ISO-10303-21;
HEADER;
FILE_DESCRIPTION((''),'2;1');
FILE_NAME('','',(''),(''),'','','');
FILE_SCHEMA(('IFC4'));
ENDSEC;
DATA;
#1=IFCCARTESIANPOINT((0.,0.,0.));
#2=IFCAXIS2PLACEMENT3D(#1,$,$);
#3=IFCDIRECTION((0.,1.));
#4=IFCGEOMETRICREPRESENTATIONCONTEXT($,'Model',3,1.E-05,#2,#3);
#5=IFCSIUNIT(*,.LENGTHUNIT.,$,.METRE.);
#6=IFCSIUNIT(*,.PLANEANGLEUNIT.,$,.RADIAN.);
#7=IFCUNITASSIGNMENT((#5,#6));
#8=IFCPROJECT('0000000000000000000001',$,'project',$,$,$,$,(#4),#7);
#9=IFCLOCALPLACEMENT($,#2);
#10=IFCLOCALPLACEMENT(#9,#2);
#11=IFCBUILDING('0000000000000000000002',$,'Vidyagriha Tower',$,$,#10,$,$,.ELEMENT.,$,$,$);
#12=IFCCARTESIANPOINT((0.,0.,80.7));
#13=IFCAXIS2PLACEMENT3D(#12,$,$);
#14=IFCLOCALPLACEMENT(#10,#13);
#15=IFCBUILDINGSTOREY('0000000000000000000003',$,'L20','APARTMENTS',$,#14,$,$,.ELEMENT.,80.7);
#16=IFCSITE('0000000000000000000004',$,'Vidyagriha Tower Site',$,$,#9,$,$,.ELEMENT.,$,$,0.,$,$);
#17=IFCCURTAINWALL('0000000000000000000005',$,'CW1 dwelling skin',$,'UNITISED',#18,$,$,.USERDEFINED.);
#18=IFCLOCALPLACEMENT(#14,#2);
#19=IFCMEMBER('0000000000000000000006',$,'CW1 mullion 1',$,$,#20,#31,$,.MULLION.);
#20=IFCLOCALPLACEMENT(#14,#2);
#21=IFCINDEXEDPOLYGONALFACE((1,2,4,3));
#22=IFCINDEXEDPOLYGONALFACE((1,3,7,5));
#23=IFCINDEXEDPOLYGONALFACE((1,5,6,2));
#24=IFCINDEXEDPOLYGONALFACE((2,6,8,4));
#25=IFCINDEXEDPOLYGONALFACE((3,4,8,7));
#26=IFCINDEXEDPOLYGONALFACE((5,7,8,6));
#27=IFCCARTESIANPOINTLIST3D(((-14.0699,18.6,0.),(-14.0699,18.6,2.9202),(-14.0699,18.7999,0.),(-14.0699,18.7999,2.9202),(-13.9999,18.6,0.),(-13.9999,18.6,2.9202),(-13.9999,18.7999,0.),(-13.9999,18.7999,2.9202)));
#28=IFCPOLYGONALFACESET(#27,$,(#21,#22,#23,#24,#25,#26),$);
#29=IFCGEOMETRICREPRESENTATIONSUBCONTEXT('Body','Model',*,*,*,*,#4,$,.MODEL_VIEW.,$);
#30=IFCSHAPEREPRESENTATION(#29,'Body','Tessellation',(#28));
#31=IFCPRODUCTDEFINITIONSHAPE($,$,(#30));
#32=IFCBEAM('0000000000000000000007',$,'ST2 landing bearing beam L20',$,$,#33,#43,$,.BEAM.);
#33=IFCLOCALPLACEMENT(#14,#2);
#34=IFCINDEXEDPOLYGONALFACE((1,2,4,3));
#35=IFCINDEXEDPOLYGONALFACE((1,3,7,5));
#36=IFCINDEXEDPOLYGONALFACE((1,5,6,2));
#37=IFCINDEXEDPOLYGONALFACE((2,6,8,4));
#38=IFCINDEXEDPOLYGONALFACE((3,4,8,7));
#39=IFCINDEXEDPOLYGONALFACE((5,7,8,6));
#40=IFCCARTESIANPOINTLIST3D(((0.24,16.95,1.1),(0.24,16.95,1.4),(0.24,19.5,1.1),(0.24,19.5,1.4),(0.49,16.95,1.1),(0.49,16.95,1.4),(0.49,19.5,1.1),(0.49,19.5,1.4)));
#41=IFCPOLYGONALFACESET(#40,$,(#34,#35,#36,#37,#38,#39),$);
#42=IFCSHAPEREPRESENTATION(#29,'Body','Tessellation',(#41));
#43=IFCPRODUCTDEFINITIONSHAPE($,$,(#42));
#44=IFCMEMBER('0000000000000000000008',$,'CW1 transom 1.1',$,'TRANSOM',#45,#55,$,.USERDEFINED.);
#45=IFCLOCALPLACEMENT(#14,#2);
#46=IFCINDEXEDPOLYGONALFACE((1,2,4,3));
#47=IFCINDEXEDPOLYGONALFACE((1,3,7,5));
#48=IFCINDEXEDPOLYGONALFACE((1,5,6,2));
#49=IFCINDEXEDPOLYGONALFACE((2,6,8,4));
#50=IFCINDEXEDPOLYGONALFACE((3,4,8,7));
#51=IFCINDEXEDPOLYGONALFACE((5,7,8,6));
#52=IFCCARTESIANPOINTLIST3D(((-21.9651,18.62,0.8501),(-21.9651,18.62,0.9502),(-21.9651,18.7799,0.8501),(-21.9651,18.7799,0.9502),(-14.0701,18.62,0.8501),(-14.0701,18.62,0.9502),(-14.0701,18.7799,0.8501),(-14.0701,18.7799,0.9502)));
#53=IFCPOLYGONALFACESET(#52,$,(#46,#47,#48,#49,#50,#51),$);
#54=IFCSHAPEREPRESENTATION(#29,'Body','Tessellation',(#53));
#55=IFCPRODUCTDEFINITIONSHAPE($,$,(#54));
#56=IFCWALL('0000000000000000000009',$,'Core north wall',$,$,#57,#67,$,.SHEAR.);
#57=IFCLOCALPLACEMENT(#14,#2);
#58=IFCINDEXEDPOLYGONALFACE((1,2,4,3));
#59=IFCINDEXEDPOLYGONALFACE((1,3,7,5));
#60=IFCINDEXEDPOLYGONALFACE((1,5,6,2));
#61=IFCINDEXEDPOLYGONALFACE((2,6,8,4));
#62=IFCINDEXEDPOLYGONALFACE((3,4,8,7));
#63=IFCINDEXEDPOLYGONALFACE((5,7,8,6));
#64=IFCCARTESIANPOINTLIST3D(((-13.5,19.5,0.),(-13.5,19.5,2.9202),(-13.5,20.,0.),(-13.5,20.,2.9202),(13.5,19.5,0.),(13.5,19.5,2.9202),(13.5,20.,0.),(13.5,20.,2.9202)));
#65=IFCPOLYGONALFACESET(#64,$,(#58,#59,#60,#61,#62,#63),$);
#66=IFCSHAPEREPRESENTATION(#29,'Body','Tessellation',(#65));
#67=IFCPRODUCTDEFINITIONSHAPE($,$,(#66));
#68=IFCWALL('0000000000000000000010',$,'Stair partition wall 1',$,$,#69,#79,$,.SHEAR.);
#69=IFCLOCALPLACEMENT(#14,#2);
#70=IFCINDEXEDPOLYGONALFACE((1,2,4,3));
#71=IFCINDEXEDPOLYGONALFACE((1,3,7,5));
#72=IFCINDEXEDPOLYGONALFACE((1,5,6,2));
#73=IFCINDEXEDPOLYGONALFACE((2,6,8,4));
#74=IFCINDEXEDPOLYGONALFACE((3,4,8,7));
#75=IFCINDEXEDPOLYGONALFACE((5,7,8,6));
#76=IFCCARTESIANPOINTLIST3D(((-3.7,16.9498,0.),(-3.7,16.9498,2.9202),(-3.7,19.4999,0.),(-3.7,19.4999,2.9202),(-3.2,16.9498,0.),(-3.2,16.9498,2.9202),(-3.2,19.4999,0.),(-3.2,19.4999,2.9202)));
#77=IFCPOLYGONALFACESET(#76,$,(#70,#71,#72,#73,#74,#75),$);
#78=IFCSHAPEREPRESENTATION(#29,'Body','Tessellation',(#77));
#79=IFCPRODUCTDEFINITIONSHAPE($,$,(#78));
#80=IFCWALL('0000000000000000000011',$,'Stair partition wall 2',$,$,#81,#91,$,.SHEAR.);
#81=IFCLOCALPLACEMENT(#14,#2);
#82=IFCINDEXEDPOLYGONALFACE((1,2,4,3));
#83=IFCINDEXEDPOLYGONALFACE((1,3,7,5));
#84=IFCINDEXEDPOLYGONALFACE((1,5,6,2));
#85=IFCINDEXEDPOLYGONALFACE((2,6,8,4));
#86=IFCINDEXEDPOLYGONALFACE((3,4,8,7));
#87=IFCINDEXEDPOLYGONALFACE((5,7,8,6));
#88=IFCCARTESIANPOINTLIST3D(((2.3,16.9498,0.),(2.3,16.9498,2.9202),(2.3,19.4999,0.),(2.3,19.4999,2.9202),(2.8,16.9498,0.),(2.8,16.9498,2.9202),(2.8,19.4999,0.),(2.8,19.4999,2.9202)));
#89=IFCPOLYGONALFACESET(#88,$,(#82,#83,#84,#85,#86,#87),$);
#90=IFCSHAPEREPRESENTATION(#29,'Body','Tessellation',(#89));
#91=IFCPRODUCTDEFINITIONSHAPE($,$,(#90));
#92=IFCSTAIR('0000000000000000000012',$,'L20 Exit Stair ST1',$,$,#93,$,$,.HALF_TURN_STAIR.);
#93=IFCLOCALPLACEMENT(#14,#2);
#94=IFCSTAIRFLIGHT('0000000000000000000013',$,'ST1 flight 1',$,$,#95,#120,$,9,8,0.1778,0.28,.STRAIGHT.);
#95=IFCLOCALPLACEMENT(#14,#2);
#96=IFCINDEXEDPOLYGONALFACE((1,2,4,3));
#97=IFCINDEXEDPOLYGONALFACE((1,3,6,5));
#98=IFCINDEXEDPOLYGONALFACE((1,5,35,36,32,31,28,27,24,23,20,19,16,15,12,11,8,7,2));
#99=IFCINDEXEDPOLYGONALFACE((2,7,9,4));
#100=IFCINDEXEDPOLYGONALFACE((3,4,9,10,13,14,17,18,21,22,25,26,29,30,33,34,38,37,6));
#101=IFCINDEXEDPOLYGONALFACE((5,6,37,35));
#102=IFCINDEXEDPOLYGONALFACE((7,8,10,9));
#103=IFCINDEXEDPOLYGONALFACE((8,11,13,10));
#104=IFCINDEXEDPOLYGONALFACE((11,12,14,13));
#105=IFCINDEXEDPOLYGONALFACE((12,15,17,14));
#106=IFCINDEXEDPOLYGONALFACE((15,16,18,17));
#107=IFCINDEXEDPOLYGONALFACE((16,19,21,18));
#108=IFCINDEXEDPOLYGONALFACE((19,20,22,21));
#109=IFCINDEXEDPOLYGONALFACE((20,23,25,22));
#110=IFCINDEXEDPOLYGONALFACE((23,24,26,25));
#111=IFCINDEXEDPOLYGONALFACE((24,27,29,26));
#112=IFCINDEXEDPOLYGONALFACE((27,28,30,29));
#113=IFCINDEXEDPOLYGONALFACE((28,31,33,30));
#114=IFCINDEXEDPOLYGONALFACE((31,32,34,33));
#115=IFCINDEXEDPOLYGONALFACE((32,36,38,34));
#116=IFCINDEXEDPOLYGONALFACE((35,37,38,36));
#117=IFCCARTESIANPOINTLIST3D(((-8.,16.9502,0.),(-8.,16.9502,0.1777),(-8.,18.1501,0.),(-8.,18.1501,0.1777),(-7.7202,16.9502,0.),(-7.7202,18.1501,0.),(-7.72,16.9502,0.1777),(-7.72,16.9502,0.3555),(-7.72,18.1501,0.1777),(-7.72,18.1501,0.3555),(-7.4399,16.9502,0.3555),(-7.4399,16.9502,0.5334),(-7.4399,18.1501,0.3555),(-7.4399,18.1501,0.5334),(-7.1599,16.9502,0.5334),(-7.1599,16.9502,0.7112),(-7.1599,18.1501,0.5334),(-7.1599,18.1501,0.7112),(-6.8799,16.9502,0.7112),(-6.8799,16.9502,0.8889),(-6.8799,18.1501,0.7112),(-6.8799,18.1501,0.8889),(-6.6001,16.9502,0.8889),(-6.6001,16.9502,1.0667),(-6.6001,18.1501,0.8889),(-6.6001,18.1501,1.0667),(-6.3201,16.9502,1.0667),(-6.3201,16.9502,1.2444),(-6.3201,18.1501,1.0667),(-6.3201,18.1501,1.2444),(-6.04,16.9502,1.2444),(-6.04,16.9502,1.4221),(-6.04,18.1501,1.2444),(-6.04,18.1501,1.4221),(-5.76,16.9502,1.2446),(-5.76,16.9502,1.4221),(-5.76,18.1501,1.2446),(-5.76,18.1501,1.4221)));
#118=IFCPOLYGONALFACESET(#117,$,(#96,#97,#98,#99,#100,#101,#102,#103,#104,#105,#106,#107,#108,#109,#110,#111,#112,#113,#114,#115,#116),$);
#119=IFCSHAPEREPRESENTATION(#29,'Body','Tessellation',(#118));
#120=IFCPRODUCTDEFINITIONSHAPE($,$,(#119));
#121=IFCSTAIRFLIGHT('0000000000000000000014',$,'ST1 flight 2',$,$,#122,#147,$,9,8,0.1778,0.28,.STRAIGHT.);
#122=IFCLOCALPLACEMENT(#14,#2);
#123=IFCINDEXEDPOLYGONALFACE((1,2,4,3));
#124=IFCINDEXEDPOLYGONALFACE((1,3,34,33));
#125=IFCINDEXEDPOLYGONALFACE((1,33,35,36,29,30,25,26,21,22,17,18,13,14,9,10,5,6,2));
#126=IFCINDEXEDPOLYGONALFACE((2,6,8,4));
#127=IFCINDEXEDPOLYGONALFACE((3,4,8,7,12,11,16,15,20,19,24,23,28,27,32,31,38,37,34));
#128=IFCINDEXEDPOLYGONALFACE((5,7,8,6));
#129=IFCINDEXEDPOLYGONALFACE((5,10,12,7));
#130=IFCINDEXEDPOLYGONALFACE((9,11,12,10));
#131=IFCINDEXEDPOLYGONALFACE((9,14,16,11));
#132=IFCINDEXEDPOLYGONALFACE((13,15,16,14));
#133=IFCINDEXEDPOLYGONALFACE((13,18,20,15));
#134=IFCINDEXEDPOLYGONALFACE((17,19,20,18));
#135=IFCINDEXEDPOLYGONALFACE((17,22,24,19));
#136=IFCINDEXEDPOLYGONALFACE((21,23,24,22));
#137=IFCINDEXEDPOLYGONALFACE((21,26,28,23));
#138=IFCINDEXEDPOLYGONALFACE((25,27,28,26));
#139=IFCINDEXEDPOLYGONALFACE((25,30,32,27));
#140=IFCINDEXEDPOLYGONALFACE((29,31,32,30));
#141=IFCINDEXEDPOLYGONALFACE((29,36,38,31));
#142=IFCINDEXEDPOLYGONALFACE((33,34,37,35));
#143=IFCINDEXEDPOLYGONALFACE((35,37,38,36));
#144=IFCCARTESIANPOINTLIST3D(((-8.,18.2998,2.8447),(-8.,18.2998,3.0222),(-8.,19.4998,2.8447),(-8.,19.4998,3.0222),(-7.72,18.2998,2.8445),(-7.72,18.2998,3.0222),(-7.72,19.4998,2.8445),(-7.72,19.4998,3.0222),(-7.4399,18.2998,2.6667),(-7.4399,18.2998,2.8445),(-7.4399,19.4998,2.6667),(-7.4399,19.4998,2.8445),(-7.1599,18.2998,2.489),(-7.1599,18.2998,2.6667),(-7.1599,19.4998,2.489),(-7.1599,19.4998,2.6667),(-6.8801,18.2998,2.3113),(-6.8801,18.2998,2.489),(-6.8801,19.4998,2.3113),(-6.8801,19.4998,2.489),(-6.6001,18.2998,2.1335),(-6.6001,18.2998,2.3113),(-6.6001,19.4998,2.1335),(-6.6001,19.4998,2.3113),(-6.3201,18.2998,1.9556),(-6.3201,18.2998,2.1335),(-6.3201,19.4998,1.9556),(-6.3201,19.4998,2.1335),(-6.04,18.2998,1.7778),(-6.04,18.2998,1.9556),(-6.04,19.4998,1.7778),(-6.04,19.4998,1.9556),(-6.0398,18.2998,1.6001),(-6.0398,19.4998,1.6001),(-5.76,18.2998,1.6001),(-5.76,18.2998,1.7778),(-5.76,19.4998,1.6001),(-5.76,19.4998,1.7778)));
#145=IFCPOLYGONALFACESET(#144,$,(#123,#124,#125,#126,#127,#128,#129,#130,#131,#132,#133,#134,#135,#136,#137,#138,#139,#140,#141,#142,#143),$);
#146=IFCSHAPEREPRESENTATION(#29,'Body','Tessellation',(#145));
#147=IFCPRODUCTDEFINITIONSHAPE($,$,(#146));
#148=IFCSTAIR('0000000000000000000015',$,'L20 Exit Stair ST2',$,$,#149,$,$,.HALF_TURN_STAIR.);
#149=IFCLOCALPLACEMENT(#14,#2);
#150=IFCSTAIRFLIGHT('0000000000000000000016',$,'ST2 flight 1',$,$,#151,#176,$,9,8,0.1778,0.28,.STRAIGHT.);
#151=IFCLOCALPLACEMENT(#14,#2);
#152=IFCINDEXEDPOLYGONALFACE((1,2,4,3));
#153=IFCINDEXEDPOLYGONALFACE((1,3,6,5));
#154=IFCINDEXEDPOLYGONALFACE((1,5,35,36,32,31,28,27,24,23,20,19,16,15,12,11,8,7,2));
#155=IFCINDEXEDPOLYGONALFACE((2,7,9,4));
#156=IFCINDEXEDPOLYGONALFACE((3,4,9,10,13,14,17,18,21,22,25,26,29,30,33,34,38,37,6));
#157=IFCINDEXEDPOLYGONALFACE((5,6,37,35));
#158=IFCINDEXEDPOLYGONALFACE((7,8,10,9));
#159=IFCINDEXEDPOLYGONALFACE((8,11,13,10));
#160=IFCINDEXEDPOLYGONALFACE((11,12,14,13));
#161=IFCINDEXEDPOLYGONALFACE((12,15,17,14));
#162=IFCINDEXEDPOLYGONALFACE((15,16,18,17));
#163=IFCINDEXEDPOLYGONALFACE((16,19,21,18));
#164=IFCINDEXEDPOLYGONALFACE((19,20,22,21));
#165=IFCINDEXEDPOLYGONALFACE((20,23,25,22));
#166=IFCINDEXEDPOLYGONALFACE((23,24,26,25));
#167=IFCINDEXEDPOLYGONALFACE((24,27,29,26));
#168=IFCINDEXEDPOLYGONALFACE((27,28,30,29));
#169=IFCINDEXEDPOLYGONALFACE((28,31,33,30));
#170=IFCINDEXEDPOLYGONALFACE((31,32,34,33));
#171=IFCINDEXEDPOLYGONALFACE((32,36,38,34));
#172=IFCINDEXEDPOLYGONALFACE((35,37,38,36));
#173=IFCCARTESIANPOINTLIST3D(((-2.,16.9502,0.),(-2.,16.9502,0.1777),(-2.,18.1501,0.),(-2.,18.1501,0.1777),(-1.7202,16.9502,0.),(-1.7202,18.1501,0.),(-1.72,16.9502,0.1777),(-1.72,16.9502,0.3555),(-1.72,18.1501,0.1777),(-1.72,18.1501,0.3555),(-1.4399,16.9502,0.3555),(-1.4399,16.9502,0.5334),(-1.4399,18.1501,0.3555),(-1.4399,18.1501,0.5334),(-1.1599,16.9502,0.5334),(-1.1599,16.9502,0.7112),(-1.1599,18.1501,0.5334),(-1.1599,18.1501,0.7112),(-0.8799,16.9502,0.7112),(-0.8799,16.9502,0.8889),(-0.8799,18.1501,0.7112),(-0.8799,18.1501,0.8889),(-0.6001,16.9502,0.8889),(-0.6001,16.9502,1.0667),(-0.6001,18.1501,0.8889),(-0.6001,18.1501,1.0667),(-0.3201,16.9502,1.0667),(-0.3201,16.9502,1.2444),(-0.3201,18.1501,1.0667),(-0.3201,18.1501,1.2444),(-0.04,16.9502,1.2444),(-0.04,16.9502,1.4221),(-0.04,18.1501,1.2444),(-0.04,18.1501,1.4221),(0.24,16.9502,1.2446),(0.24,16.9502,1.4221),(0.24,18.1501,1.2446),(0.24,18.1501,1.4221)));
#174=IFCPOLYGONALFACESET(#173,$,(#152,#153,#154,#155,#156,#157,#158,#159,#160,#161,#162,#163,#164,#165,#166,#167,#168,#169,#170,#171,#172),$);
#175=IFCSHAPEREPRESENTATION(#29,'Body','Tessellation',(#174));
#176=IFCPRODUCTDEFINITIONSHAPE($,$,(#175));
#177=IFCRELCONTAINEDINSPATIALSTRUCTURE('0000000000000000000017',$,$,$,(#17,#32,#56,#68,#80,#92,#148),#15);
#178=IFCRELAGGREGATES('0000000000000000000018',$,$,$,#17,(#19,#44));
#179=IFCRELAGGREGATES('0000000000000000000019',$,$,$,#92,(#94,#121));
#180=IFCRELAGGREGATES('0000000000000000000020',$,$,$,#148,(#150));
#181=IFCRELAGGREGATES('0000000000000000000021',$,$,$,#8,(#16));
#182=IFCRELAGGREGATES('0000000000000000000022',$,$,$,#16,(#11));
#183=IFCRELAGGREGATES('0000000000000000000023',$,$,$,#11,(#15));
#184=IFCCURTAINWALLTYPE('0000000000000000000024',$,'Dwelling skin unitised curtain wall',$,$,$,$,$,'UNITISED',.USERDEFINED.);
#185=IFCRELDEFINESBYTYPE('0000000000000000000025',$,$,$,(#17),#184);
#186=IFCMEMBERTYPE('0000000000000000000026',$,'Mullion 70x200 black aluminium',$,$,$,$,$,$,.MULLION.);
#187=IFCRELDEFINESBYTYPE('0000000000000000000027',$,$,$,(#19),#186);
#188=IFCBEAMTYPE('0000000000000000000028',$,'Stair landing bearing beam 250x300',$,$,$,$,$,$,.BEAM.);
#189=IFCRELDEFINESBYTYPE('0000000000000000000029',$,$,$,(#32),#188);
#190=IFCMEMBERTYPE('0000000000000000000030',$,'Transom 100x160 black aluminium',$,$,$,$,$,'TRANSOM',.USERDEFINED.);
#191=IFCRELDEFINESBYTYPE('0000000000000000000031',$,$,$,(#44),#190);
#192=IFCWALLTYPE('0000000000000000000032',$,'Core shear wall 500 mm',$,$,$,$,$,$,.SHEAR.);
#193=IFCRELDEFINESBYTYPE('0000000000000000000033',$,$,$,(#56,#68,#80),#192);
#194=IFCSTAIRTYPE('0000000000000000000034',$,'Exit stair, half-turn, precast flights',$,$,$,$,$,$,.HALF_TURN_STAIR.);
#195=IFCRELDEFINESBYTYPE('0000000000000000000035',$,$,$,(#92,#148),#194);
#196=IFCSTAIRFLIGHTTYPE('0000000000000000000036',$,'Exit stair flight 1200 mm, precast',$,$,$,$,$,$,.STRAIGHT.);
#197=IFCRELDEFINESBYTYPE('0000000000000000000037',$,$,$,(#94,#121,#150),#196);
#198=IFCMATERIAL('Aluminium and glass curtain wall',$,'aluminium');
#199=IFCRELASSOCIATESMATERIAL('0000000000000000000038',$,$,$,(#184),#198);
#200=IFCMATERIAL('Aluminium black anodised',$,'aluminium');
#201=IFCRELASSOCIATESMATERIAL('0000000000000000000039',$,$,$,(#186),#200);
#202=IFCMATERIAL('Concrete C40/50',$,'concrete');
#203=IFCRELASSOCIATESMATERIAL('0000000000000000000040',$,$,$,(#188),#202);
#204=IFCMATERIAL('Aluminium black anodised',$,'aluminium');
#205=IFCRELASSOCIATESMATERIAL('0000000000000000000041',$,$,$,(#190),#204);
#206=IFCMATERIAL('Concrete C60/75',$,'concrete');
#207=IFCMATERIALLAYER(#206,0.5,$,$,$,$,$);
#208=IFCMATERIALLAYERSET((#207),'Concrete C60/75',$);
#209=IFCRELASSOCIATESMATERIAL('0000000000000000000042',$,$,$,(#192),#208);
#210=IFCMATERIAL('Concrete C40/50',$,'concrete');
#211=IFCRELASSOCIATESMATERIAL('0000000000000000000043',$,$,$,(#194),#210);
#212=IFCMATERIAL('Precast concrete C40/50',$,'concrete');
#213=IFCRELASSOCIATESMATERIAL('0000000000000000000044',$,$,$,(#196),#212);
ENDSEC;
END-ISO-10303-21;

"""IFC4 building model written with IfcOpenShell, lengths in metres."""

from ifc_helpers import new_model, si_unit, direction, frame, frame_2d, origin, origin_2d, place, context, subcontext, project, spatial, polyline, rectangle, outline, extrude, material, layer, layer_set, material_profile, profile_set, type_object, element, aggregate, save


model = new_model("IFC4")

# Units and contexts
model_context = context("Model", 3, precision=1e-05, world=origin(), true_north=direction((0.0, 1.0)))
body_context = subcontext(model_context, "Body", "Model", "MODEL_VIEW")
ifc_project = project(units=[si_unit("LENGTHUNIT", "METRE"), si_unit("PLANEANGLEUNIT", "RADIAN")], contexts=[model_context])

# Site, building, storey
site_placement = place(None, origin())
site = spatial("IfcSite", under=ifc_project, at=site_placement, Name="Vidyagriha Tower Site", CompositionType="ELEMENT", RefElevation=0.0)
building_placement = place(site_placement, origin())
building = spatial("IfcBuilding", under=site, at=building_placement, Name="Vidyagriha Tower", CompositionType="ELEMENT")
storey_placement = place(building_placement, frame((0.0, 0.0, 80.7)))
storey = spatial("IfcBuildingStorey", under=building, at=storey_placement, Name="L20", Description="APARTMENTS", CompositionType="ELEMENT", Elevation=80.7)

# Curtain wall, member
ifc_material_1 = material(Name="Aluminium and glass curtain wall", Category="aluminium")
curtain_wall_type = type_object("IfcCurtainWallType", Name="Dwelling skin unitised curtain wall", ElementType="UNITISED", PredefinedType="USERDEFINED", material=ifc_material_1)
curtain_wall_placement = place(storey_placement, origin())
curtain_wall = element("IfcCurtainWall", 1, at=curtain_wall_placement, inside=storey, type_object=curtain_wall_type, Name="CW1 dwelling skin", ObjectType="UNITISED", PredefinedType="USERDEFINED")
ifc_material_2 = material(Name="Aluminium black anodised", Category="aluminium")
ifc_material_profile_1 = material_profile(ifc_material_2, rectangle(XDim=0.2, YDim=0.0701, at=origin_2d()), Name="Mullion 70x200 black aluminium")
ifc_profile_set_1 = profile_set([ifc_material_profile_1], Name="Aluminium black anodised")
member_type_1 = type_object("IfcMemberType", Name="Mullion 70x200 black aluminium", PredefinedType="MULLION", material=ifc_profile_set_1)
member_1_placement = place(storey_placement, frame((-14.0349, 18.7, 0.0), z_axis=(0.0, 0.0, 1.0), x_axis=(0.0, -1.0, 0.0)))
member_1 = element("IfcMember", 2, at=member_1_placement, type_object=member_type_1, Name="CW1 mullion 1", PredefinedType="MULLION", context=body_context, shape_type="SweptSolid", body=[
    extrude(rectangle(XDim=0.2, YDim=0.0701, at=origin_2d()), origin(), (0.0, 0.0, 1.0), 2.9202),
])

# Beam
ifc_material_3 = material(Name="Concrete C40/50", Category="concrete")
ifc_material_profile_2 = material_profile(ifc_material_3, rectangle(XDim=0.25, YDim=0.3, at=origin_2d()), Name="Stair landing bearing beam 250x300")
ifc_profile_set_2 = profile_set([ifc_material_profile_2], Name="Concrete C40/50")
beam_type = type_object("IfcBeamType", Name="Stair landing bearing beam 250x300", PredefinedType="BEAM", material=ifc_profile_set_2)
beam_placement = place(storey_placement, frame((0.365, 16.95, 1.25), z_axis=(0.0, 1.0, 0.0), x_axis=(-1.0, 0.0, 0.0)))
element("IfcBeam", 3, at=beam_placement, inside=storey, type_object=beam_type, Name="ST2 landing bearing beam L20", PredefinedType="BEAM", context=body_context, shape_type="SweptSolid", body=[
    extrude(rectangle(XDim=0.25, YDim=0.3, at=origin_2d()), origin(), (0.0, 0.0, 1.0), 2.55),
])

# Member
ifc_material_4 = material(Name="Aluminium black anodised", Category="aluminium")
ifc_material_profile_3 = material_profile(ifc_material_4, rectangle(XDim=0.1599, YDim=0.1001, at=origin_2d()), Name="Transom 100x160 black aluminium")
ifc_profile_set_3 = profile_set([ifc_material_profile_3], Name="Aluminium black anodised")
member_type_2 = type_object("IfcMemberType", Name="Transom 100x160 black aluminium", ElementType="TRANSOM", PredefinedType="USERDEFINED", material=ifc_profile_set_3)
member_2_placement = place(storey_placement, frame((-14.0701, 18.7, 0.9001), z_axis=(-1.0, 0.0, 0.0), x_axis=(0.0, -1.0, 0.0)))
member_2 = element("IfcMember", 4, at=member_2_placement, type_object=member_type_2, Name="CW1 transom 1.1", ObjectType="TRANSOM", PredefinedType="USERDEFINED", context=body_context, shape_type="SweptSolid", body=[
    extrude(rectangle(XDim=0.1599, YDim=0.1001, at=origin_2d()), origin(), (0.0, 0.0, 1.0), 7.895),
])
aggregate(curtain_wall, [member_1, member_2])

# Walls
ifc_material_5 = material(Name="Concrete C60/75", Category="concrete")
ifc_layer_1 = layer(ifc_material_5, 0.5)
ifc_layer_set_1 = layer_set([ifc_layer_1], Name="Concrete C60/75")
wall_type = type_object("IfcWallType", Name="Core shear wall 500 mm", PredefinedType="SHEAR", material=ifc_layer_set_1)
wall_placement = place(storey_placement, frame((-13.5, 19.75, 0.0)))
element("IfcWall", 5, at=wall_placement, inside=storey, type_object=wall_type, Name="Core north wall", PredefinedType="SHEAR", context=body_context, shape_type="SweptSolid", body=[
    extrude(rectangle(XDim=27.0, YDim=0.5, at=frame_2d((13.5, 0.0))), origin(), (0.0, 0.0, 1.0), 2.9202),
])
for number, where, z_axis, x_axis, name in (
    (6, (-3.45, 16.95, 0.0), (0.0, 0.0, 1.0), (0.0, 1.0, 0.0), "Stair partition wall 1"),
    (7, (2.55, 16.95, 0.0), (0.0, 0.0, 1.0), (0.0, 1.0, 0.0), "Stair partition wall 2"),
):
    element("IfcWall", number, at=place(storey_placement, frame(where, z_axis=z_axis, x_axis=x_axis)), inside=storey, type_object=wall_type, Name=name, PredefinedType="SHEAR", context=body_context, shape_type="SweptSolid", body=[
        extrude(rectangle(XDim=2.55, YDim=0.5, at=frame_2d((1.2749, 0.0))), origin(), (0.0, 0.0, 1.0), 2.9202),
    ])

# Stairs, stair flights
ifc_material_6 = material(Name="Concrete C40/50", Category="concrete")
stair_type = type_object("IfcStairType", Name="Exit stair, half-turn, precast flights", PredefinedType="HALF_TURN_STAIR", material=ifc_material_6)
stair_1_placement = place(storey_placement, origin())
stair_1 = element("IfcStair", 8, at=stair_1_placement, inside=storey, type_object=stair_type, Name="L20 Exit Stair ST1", PredefinedType="HALF_TURN_STAIR")
ifc_material_7 = material(Name="Precast concrete C40/50", Category="concrete")
stair_flight_type = type_object("IfcStairFlightType", Name="Exit stair flight 1200 mm, precast", PredefinedType="STRAIGHT", material=ifc_material_7)
stair_flight_1_placement = place(storey_placement, frame((-8.0, 17.55, 0.0)))
stair_flight_1 = element("IfcStairFlight", 9, at=stair_flight_1_placement, type_object=stair_flight_type, Name="ST1 flight 1", NumberOfRisers=9, NumberOfTreads=8, PredefinedType="STRAIGHT", RiserHeight=0.1778, TreadLength=0.28, context=body_context, shape_type="SweptSolid", body=[
    extrude(outline(polyline([(0.0, 0.0), (0.0, 0.1777), (0.28, 0.1777), (0.28, 0.3555), (0.5601, 0.3555), (0.5601, 0.5334), (0.8401, 0.5334), (0.8401, 0.7112), (1.1201, 0.7112), (1.1201, 0.8889), (1.3999, 0.8889), (1.3999, 1.0667), (1.6799, 1.0667), (1.6799, 1.2444), (1.96, 1.2444), (1.96, 1.4221), (2.24, 1.4221), (2.24, 1.6001), (2.24, 1.2446), (0.2798, 0.0), (0.0, 0.0)])), frame((0.0, 0.6001, 0.0), z_axis=(0.0, -1.0, 0.0), x_axis=(1.0, 0.0, 0.0)), (0.0, 0.0, 1.0), 1.2),
])
stair_flight_2_placement = place(storey_placement, frame((-5.76, 18.8999, 1.6001), z_axis=(0.0, 0.0, 1.0), x_axis=(-1.0, 0.0, 0.0)))
stair_flight_2 = element("IfcStairFlight", 10, at=stair_flight_2_placement, type_object=stair_flight_type, Name="ST1 flight 2", NumberOfRisers=9, NumberOfTreads=8, PredefinedType="STRAIGHT", RiserHeight=0.1778, TreadLength=0.28, context=body_context, shape_type="SweptSolid", body=[
    extrude(outline(polyline([(0.0, 0.0), (0.0, 0.1777), (0.28, 0.1777), (0.28, 0.3555), (0.5601, 0.3555), (0.5601, 0.5334), (0.8401, 0.5334), (0.8401, 0.7112), (1.1201, 0.7112), (1.1201, 0.8889), (1.3999, 0.8889), (1.3999, 1.0667), (1.6799, 1.0667), (1.6799, 1.2444), (1.96, 1.2444), (1.96, 1.4221), (2.24, 1.4221), (2.24, 1.6001), (2.24, 1.2446), (0.2798, 0.0), (0.0, 0.0)])), frame((0.0, 0.6001, 0.0), z_axis=(0.0, -1.0, 0.0), x_axis=(1.0, 0.0, 0.0)), (0.0, 0.0, 1.0), 1.2),
])
aggregate(stair_1, [stair_flight_1, stair_flight_2])
stair_2_placement = place(storey_placement, origin())
stair_2 = element("IfcStair", 11, at=stair_2_placement, inside=storey, type_object=stair_type, Name="L20 Exit Stair ST2", PredefinedType="HALF_TURN_STAIR")
stair_flight_3_placement = place(storey_placement, frame((-2.0, 17.55, 0.0)))
stair_flight_3 = element("IfcStairFlight", 12, at=stair_flight_3_placement, type_object=stair_flight_type, Name="ST2 flight 1", NumberOfRisers=9, NumberOfTreads=8, PredefinedType="STRAIGHT", RiserHeight=0.1778, TreadLength=0.28, context=body_context, shape_type="SweptSolid", body=[
    extrude(outline(polyline([(0.0, 0.0), (0.0, 0.1777), (0.28, 0.1777), (0.28, 0.3555), (0.5601, 0.3555), (0.5601, 0.5334), (0.8401, 0.5334), (0.8401, 0.7112), (1.1201, 0.7112), (1.1201, 0.8889), (1.3999, 0.8889), (1.3999, 1.0667), (1.6799, 1.0667), (1.6799, 1.2444), (1.96, 1.2444), (1.96, 1.4221), (2.24, 1.4221), (2.24, 1.6001), (2.24, 1.2446), (0.2798, 0.0), (0.0, 0.0)])), frame((0.0, 0.6001, 0.0), z_axis=(0.0, -1.0, 0.0), x_axis=(1.0, 0.0, 0.0)), (0.0, 0.0, 1.0), 1.2),
])
aggregate(stair_2, [stair_flight_3])

save(model, "model.ifc")
